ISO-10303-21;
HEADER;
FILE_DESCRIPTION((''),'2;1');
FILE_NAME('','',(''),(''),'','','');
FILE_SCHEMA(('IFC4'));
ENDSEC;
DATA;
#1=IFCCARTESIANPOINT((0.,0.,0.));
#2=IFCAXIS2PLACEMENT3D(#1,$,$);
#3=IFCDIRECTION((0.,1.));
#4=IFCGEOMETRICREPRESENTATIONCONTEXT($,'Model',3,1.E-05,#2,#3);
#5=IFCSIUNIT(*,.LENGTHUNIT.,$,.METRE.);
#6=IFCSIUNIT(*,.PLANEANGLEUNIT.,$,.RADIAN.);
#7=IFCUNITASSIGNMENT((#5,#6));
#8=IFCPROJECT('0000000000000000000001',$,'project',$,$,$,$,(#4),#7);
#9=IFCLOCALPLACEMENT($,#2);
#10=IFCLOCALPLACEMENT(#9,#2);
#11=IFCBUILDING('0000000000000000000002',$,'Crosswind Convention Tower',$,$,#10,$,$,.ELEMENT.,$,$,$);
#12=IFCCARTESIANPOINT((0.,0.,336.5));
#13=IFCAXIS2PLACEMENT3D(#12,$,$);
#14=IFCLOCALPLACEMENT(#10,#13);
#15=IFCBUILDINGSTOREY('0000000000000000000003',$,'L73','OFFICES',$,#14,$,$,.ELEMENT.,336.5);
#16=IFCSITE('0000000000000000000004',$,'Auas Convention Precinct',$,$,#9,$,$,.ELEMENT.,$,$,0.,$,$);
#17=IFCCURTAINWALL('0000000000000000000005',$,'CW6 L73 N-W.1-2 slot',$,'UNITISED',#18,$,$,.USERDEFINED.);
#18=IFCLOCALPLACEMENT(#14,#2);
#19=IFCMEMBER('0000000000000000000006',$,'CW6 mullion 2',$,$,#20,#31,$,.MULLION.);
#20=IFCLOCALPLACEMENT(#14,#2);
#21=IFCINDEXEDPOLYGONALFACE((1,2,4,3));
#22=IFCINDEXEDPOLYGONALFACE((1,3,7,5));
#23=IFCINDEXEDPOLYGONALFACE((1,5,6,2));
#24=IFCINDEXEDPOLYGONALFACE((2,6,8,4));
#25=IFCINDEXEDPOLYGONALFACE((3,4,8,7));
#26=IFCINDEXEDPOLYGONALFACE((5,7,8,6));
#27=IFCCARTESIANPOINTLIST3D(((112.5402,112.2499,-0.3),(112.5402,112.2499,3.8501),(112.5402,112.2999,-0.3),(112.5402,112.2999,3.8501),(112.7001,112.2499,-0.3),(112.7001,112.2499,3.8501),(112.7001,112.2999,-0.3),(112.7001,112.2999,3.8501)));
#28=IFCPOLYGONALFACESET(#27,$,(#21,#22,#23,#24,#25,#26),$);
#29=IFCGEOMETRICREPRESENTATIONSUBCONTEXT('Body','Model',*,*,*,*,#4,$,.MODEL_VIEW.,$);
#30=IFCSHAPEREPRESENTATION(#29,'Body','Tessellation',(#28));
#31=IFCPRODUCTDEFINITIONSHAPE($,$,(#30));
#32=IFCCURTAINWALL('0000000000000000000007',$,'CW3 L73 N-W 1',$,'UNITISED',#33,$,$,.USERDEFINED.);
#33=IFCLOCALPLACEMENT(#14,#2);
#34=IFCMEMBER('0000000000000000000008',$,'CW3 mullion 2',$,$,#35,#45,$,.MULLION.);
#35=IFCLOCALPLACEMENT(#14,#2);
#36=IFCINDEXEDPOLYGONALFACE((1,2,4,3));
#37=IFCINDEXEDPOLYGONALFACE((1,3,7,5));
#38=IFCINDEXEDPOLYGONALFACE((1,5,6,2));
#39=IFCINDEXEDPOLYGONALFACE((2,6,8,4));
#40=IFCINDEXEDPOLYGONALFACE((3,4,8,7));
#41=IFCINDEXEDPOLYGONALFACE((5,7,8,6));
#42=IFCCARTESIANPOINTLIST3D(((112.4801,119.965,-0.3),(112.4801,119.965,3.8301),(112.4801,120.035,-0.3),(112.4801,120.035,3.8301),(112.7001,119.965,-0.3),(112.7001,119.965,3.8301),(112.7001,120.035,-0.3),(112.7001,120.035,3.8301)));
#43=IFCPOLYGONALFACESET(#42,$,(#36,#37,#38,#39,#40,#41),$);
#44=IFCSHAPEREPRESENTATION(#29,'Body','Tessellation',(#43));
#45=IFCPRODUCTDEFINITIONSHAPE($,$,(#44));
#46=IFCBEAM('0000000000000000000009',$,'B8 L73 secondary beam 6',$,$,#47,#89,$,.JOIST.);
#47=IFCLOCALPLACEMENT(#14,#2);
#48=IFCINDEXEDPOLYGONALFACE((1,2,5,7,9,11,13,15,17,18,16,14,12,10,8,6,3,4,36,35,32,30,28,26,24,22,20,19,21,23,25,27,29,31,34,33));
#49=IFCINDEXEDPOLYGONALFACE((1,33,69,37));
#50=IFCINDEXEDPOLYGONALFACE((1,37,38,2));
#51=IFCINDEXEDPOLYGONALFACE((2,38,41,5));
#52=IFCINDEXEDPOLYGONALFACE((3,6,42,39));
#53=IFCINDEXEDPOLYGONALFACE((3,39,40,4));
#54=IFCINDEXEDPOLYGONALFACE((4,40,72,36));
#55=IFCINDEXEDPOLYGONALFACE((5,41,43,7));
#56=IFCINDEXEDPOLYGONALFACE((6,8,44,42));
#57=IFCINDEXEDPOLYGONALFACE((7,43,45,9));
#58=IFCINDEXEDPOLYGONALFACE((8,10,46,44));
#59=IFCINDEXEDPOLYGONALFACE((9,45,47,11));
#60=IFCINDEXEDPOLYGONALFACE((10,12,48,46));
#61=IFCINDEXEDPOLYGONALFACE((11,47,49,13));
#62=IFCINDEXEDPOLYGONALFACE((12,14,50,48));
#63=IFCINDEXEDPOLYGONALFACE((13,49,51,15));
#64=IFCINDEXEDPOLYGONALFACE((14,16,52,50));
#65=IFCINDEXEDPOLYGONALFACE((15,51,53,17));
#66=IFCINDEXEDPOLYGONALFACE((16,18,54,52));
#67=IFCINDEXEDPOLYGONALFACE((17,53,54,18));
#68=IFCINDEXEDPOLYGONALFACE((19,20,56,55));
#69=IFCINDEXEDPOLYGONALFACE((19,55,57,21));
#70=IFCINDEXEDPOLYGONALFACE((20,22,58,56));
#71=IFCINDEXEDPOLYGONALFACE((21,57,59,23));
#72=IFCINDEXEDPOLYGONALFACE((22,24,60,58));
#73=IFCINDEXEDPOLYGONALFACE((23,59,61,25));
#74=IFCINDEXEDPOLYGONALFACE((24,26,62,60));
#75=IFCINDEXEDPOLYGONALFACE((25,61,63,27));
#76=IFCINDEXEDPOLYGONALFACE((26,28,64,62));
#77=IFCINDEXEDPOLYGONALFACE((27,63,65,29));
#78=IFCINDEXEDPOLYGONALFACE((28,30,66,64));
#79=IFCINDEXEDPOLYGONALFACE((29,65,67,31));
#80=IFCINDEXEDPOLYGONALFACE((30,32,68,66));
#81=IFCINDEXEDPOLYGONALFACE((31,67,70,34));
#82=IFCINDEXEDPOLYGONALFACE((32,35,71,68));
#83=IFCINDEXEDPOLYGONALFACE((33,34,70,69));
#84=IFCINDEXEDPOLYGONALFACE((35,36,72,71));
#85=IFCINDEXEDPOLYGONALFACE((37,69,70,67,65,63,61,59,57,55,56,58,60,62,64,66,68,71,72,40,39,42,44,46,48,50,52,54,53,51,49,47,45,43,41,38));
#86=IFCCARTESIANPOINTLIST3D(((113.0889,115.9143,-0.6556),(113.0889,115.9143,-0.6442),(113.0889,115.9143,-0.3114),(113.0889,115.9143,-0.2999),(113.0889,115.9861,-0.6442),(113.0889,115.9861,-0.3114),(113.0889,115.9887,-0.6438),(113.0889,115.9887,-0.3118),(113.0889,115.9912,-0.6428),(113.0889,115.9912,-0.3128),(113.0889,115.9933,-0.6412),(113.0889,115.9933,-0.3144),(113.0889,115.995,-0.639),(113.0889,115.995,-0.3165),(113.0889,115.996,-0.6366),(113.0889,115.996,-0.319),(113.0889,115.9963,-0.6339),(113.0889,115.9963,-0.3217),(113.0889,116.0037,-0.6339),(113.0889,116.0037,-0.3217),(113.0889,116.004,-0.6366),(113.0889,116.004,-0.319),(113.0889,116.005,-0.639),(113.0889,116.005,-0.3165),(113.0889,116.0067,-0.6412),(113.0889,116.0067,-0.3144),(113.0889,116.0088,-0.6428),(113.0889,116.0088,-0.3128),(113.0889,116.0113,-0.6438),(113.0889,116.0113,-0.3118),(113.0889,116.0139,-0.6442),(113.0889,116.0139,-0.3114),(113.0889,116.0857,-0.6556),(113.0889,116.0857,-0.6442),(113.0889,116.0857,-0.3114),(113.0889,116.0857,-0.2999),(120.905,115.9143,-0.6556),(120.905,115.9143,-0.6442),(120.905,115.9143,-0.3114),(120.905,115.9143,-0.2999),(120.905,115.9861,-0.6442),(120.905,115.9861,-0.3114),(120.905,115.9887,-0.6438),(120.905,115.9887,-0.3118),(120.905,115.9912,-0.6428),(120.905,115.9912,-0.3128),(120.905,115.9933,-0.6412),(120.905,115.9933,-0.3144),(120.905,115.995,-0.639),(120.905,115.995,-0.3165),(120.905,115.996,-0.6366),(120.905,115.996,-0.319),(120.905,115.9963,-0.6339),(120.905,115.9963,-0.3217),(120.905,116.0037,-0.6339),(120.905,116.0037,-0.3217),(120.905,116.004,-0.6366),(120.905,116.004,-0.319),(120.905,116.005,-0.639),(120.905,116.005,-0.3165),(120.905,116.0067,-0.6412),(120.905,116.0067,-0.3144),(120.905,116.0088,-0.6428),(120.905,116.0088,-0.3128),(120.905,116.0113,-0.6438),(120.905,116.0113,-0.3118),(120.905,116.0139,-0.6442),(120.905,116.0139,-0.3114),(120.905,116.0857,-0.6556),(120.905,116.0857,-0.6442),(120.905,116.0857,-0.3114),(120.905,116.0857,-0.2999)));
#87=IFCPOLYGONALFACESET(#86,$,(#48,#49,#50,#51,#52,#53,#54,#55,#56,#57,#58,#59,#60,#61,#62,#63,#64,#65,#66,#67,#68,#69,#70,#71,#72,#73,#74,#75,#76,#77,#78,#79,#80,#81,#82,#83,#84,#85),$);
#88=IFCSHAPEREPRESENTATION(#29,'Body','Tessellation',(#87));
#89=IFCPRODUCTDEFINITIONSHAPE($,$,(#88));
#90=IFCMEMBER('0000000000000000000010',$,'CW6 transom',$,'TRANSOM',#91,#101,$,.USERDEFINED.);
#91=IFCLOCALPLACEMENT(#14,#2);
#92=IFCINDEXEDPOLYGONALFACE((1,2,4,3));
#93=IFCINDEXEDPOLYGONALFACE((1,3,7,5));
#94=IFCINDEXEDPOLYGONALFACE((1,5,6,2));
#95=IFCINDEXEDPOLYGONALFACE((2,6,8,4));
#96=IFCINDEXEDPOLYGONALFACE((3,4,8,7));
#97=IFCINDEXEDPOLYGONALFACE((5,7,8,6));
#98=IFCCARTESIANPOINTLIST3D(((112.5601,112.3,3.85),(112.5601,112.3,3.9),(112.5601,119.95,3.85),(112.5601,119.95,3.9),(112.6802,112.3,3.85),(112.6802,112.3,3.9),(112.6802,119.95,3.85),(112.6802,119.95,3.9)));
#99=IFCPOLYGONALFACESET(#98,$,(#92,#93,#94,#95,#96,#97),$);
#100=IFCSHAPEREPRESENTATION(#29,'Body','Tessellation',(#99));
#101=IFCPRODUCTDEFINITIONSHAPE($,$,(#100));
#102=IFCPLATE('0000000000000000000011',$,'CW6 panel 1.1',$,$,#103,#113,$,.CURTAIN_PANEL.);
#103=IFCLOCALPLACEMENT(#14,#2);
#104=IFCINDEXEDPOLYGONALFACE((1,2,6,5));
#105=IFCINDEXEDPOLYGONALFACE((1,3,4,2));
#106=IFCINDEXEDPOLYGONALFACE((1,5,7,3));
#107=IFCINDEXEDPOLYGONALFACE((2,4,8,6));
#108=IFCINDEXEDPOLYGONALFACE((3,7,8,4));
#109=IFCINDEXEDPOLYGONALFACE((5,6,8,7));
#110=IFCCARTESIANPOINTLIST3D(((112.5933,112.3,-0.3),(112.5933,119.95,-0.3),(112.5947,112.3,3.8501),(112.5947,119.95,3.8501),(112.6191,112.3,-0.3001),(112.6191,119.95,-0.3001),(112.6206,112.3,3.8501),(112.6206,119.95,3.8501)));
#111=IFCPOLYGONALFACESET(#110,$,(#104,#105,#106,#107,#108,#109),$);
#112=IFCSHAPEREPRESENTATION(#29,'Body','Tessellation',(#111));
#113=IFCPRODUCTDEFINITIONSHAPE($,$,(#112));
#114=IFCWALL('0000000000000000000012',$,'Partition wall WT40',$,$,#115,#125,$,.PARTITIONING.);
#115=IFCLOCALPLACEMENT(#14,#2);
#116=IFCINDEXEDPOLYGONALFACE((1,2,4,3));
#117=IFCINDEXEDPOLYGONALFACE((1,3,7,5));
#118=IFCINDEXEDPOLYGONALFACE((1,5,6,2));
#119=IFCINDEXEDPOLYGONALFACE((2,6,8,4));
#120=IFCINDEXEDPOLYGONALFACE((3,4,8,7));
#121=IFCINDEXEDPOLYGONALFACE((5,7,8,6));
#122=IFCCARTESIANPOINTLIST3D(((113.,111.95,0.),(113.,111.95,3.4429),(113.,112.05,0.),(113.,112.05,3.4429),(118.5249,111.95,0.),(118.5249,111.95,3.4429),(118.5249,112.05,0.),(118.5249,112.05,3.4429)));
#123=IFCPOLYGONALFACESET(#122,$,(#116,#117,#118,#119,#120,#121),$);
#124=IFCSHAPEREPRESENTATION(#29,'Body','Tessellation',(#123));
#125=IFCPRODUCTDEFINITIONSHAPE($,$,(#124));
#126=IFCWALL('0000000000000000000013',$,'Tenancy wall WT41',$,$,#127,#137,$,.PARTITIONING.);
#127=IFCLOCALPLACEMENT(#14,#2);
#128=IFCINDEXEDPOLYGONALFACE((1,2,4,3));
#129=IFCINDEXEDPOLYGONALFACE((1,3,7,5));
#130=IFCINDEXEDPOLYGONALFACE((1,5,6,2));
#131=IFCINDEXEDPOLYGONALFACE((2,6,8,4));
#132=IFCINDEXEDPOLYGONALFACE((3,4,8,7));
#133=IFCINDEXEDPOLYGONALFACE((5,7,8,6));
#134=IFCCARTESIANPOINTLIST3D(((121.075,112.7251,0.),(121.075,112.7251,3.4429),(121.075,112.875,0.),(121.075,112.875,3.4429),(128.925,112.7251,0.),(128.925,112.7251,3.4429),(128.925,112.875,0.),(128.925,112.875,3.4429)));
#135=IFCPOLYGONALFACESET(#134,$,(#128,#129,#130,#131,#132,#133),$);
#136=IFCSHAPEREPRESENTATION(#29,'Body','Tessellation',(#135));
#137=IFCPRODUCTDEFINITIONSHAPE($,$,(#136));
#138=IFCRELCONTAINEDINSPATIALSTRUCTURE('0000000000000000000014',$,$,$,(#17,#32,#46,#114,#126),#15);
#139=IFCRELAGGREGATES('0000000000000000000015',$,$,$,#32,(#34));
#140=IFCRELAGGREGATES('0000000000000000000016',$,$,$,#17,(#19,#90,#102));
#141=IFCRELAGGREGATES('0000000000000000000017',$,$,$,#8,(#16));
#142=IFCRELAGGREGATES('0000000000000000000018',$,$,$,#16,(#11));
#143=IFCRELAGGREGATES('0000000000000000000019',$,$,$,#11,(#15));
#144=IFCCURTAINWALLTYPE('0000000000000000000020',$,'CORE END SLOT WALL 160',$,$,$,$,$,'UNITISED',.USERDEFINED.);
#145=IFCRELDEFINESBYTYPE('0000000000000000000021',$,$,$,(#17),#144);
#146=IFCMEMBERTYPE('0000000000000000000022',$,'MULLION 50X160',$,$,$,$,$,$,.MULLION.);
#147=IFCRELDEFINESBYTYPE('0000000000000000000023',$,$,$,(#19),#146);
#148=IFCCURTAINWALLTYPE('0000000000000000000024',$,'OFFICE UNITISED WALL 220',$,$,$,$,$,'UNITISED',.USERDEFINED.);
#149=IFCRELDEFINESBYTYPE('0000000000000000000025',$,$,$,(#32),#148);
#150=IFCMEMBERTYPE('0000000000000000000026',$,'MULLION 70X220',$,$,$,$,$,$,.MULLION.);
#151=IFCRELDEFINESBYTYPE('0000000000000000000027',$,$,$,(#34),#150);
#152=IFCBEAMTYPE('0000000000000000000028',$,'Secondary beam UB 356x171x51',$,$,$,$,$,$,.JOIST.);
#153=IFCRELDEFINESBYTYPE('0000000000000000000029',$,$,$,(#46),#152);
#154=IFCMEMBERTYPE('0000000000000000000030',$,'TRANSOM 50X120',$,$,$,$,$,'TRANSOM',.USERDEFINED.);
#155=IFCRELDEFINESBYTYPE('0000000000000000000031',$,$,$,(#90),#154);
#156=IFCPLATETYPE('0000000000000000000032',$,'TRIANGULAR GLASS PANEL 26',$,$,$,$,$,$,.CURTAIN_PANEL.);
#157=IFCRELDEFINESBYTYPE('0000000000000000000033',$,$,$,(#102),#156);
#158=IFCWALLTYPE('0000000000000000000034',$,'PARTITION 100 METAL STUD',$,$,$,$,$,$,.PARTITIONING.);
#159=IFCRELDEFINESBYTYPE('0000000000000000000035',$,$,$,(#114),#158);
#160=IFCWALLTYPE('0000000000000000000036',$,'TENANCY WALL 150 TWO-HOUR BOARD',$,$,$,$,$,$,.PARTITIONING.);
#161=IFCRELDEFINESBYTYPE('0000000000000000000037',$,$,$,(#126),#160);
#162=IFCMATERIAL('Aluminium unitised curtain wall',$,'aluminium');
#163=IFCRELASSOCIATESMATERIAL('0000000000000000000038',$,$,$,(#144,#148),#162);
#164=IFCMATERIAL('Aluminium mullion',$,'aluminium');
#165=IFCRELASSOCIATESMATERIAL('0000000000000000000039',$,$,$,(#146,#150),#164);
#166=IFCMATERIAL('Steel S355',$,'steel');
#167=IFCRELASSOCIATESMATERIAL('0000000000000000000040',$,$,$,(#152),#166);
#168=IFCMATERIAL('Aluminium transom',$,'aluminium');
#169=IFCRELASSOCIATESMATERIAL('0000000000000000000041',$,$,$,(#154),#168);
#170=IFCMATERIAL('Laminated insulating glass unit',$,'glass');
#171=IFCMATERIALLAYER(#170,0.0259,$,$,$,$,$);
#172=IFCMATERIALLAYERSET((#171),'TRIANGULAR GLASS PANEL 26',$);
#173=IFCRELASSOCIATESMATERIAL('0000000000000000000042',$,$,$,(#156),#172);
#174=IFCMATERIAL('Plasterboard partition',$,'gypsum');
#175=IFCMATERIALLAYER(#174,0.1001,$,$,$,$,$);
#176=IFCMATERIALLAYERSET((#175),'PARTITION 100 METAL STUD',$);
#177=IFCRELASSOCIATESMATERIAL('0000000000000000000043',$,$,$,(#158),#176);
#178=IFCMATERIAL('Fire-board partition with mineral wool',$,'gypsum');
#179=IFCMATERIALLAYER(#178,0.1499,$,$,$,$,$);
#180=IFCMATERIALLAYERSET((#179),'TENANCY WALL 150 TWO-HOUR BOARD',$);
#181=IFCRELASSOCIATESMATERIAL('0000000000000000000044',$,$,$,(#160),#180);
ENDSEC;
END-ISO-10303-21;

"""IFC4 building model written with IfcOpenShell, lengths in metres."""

from ifc_helpers import new_model, si_unit, direction, frame, frame_2d, origin, origin_2d, place, context, subcontext, project, spatial, polyline, rectangle, i_section, outline, extrude, material, layer, layer_set, material_profile, profile_set, type_object, element, aggregate, save


model = new_model("IFC4")

# Units and contexts
model_context = context("Model", 3, precision=1e-05, world=origin(), true_north=direction((0.0, 1.0)))
body_context = subcontext(model_context, "Body", "Model", "MODEL_VIEW")
ifc_project = project(units=[si_unit("LENGTHUNIT", "METRE"), si_unit("PLANEANGLEUNIT", "RADIAN")], contexts=[model_context])

# Site, building, storey
site_placement = place(None, origin())
site = spatial("IfcSite", under=ifc_project, at=site_placement, Name="Auas Convention Precinct", CompositionType="ELEMENT", RefElevation=0.0)
building_placement = place(site_placement, origin())
building = spatial("IfcBuilding", under=site, at=building_placement, Name="Crosswind Convention Tower", CompositionType="ELEMENT")
storey_placement = place(building_placement, frame((0.0, 0.0, 336.5)))
storey = spatial("IfcBuildingStorey", under=building, at=storey_placement, Name="L73", Description="OFFICES", CompositionType="ELEMENT", Elevation=336.5)

# Shared definitions
ifc_material_1 = material(Name="Steel S355", Category="steel")

# Curtain wall, member
ifc_material_2 = material(Name="Aluminium unitised curtain wall", Category="aluminium")
curtain_wall_type_1 = type_object("IfcCurtainWallType", Name="CORE END SLOT WALL 160", ElementType="UNITISED", PredefinedType="USERDEFINED", material=ifc_material_2)
curtain_wall_1_placement = place(storey_placement, origin())
curtain_wall_1 = element("IfcCurtainWall", 1, at=curtain_wall_1_placement, inside=storey, type_object=curtain_wall_type_1, Name="CW6 L73 N-W.1-2 slot", ObjectType="UNITISED", PredefinedType="USERDEFINED")
ifc_material_3 = material(Name="Aluminium mullion", Category="aluminium")
ifc_material_profile_1 = material_profile(ifc_material_3, rectangle(XDim=0.1599, YDim=0.05, at=origin_2d()), Name="AL 160X50")
ifc_profile_set_1 = profile_set([ifc_material_profile_1], Name="Aluminium mullion")
member_type_1 = type_object("IfcMemberType", Name="MULLION 50X160", PredefinedType="MULLION", material=ifc_profile_set_1)
member_1_placement = place(storey_placement, frame((112.6201, 112.2749, -0.3), z_axis=(0.0, 0.0, 1.0), x_axis=(-1.0, 0.0, 0.0)))
member_1 = element("IfcMember", 2, at=member_1_placement, type_object=member_type_1, Name="CW6 mullion 2", PredefinedType="MULLION", context=body_context, shape_type="SweptSolid", body=[
    extrude(rectangle(XDim=0.1599, YDim=0.05, at=origin_2d()), origin(), (0.0, 0.0, 1.0), 4.1501),
])

# Curtain wall, member
curtain_wall_type_2 = type_object("IfcCurtainWallType", Name="OFFICE UNITISED WALL 220", ElementType="UNITISED", PredefinedType="USERDEFINED", material=ifc_material_2)
curtain_wall_2_placement = place(storey_placement, origin())
curtain_wall_2 = element("IfcCurtainWall", 3, at=curtain_wall_2_placement, inside=storey, type_object=curtain_wall_type_2, Name="CW3 L73 N-W 1", ObjectType="UNITISED", PredefinedType="USERDEFINED")
ifc_material_profile_2 = material_profile(ifc_material_3, rectangle(XDim=0.22, YDim=0.0701, at=origin_2d()), Name="AL 220X70")
ifc_profile_set_2 = profile_set([ifc_material_profile_2], Name="Aluminium mullion")
member_type_2 = type_object("IfcMemberType", Name="MULLION 70X220", PredefinedType="MULLION", material=ifc_profile_set_2)
member_2_placement = place(storey_placement, frame((112.5901, 120.0, -0.3), z_axis=(0.0, 0.0, 1.0), x_axis=(-1.0, 0.0, 0.0)))
member_2 = element("IfcMember", 4, at=member_2_placement, type_object=member_type_2, Name="CW3 mullion 2", PredefinedType="MULLION", context=body_context, shape_type="SweptSolid", body=[
    extrude(rectangle(XDim=0.22, YDim=0.0701, at=origin_2d()), origin(), (0.0, 0.0, 1.0), 4.1301),
])
aggregate(curtain_wall_2, [member_2])

# Beam
ifc_material_profile_3 = material_profile(ifc_material_1, i_section(OverallWidth=0.1714, OverallDepth=0.3557, WebThickness=0.0073, FlangeThickness=0.0115, FilletRadius=0.0103, at=origin_2d()), Name="UB 356x171x51")
ifc_profile_set_3 = profile_set([ifc_material_profile_3], Name="Steel S355")
beam_type_1 = type_object("IfcBeamType", Name="Secondary beam UB 356x171x51", PredefinedType="JOIST", material=ifc_profile_set_3)
beam_1_placement = place(storey_placement, frame((113.0889, 116.0, -0.4778), z_axis=(1.0, 0.0, 0.0), x_axis=(0.0, 1.0, 0.0)))
element("IfcBeam", 5, at=beam_1_placement, inside=storey, type_object=beam_type_1, Name="B8 L73 secondary beam 6", PredefinedType="JOIST", context=body_context, shape_type="SweptSolid", body=[
    extrude(i_section(OverallWidth=0.1714, OverallDepth=0.3557, WebThickness=0.0073, FlangeThickness=0.0115, FilletRadius=0.0103, at=origin_2d()), origin(), (0.0, 0.0, 1.0), 7.8162),
])

# Member
ifc_material_4 = material(Name="Aluminium transom", Category="aluminium")
ifc_material_profile_4 = material_profile(ifc_material_4, rectangle(XDim=0.1201, YDim=0.05, at=origin_2d()), Name="AL 120X50")
ifc_profile_set_4 = profile_set([ifc_material_profile_4], Name="Aluminium transom")
member_type_3 = type_object("IfcMemberType", Name="TRANSOM 50X120", ElementType="TRANSOM", PredefinedType="USERDEFINED", material=ifc_profile_set_4)
member_3_placement = place(storey_placement, frame((112.6201, 119.95, 3.875), z_axis=(0.0, -1.0, 0.0), x_axis=(1.0, 0.0, 0.0)))
member_3 = element("IfcMember", 6, at=member_3_placement, type_object=member_type_3, Name="CW6 transom", ObjectType="TRANSOM", PredefinedType="USERDEFINED", context=body_context, shape_type="SweptSolid", body=[
    extrude(rectangle(XDim=0.1201, YDim=0.05, at=origin_2d()), origin(), (0.0, 0.0, 1.0), 7.6499),
])

# Plate
ifc_material_5 = material(Name="Laminated insulating glass unit", Category="glass")
ifc_layer_1 = layer(ifc_material_5, 0.0259)
ifc_layer_set_1 = layer_set([ifc_layer_1], Name="TRIANGULAR GLASS PANEL 26")
plate_type = type_object("IfcPlateType", Name="TRIANGULAR GLASS PANEL 26", PredefinedType="CURTAIN_PANEL", material=ifc_layer_set_1)
plate_placement = place(storey_placement, frame((112.5933, 119.95, -0.3), z_axis=(-1.0, 0.0, 0.000353), x_axis=(0.0, -1.0, 0.0)))
plate = element("IfcPlate", 7, at=plate_placement, type_object=plate_type, Name="CW6 panel 1.1", PredefinedType="CURTAIN_PANEL", context=body_context, shape_type="SweptSolid", body=[
    extrude(outline(polyline([(0.0, 0.0), (7.6499, 0.0), (7.6499, 4.1501), (0.0, 4.1501), (0.0, 0.0)])), origin(), (0.0, 0.0, -1.0), 0.0259),
])
aggregate(curtain_wall_1, [member_1, member_3, plate])

# Walls
ifc_material_6 = material(Name="Plasterboard partition", Category="gypsum")
ifc_layer_2 = layer(ifc_material_6, 0.1001)
ifc_layer_set_2 = layer_set([ifc_layer_2], Name="PARTITION 100 METAL STUD")
wall_type_1 = type_object("IfcWallType", Name="PARTITION 100 METAL STUD", PredefinedType="PARTITIONING", material=ifc_layer_set_2)
wall_1_placement = place(storey_placement, frame((113.0, 112.0, 0.0), z_axis=(0.0, 0.0, 1.0), x_axis=(1.0, 0.0, 0.0)))
element("IfcWall", 8, at=wall_1_placement, inside=storey, type_object=wall_type_1, Name="Partition wall WT40", PredefinedType="PARTITIONING", context=body_context, shape_type="SweptSolid", body=[
    extrude(rectangle(XDim=5.5249, YDim=0.1001, at=frame_2d((2.7625, 0.0))), origin(), (0.0, 0.0, 1.0), 3.4429),
])
ifc_material_7 = material(Name="Fire-board partition with mineral wool", Category="gypsum")
ifc_layer_3 = layer(ifc_material_7, 0.1499)
ifc_layer_set_3 = layer_set([ifc_layer_3], Name="TENANCY WALL 150 TWO-HOUR BOARD")
wall_type_2 = type_object("IfcWallType", Name="TENANCY WALL 150 TWO-HOUR BOARD", PredefinedType="PARTITIONING", material=ifc_layer_set_3)
wall_2_placement = place(storey_placement, frame((121.075, 112.8, 0.0), z_axis=(0.0, 0.0, 1.0), x_axis=(1.0, 0.0, 0.0)))
element("IfcWall", 9, at=wall_2_placement, inside=storey, type_object=wall_type_2, Name="Tenancy wall WT41", PredefinedType="PARTITIONING", context=body_context, shape_type="SweptSolid", body=[
    extrude(rectangle(XDim=7.8501, YDim=0.1499, at=frame_2d((3.925, 0.0))), origin(), (0.0, 0.0, 1.0), 3.4429),
])

save(model, "model.ifc")
